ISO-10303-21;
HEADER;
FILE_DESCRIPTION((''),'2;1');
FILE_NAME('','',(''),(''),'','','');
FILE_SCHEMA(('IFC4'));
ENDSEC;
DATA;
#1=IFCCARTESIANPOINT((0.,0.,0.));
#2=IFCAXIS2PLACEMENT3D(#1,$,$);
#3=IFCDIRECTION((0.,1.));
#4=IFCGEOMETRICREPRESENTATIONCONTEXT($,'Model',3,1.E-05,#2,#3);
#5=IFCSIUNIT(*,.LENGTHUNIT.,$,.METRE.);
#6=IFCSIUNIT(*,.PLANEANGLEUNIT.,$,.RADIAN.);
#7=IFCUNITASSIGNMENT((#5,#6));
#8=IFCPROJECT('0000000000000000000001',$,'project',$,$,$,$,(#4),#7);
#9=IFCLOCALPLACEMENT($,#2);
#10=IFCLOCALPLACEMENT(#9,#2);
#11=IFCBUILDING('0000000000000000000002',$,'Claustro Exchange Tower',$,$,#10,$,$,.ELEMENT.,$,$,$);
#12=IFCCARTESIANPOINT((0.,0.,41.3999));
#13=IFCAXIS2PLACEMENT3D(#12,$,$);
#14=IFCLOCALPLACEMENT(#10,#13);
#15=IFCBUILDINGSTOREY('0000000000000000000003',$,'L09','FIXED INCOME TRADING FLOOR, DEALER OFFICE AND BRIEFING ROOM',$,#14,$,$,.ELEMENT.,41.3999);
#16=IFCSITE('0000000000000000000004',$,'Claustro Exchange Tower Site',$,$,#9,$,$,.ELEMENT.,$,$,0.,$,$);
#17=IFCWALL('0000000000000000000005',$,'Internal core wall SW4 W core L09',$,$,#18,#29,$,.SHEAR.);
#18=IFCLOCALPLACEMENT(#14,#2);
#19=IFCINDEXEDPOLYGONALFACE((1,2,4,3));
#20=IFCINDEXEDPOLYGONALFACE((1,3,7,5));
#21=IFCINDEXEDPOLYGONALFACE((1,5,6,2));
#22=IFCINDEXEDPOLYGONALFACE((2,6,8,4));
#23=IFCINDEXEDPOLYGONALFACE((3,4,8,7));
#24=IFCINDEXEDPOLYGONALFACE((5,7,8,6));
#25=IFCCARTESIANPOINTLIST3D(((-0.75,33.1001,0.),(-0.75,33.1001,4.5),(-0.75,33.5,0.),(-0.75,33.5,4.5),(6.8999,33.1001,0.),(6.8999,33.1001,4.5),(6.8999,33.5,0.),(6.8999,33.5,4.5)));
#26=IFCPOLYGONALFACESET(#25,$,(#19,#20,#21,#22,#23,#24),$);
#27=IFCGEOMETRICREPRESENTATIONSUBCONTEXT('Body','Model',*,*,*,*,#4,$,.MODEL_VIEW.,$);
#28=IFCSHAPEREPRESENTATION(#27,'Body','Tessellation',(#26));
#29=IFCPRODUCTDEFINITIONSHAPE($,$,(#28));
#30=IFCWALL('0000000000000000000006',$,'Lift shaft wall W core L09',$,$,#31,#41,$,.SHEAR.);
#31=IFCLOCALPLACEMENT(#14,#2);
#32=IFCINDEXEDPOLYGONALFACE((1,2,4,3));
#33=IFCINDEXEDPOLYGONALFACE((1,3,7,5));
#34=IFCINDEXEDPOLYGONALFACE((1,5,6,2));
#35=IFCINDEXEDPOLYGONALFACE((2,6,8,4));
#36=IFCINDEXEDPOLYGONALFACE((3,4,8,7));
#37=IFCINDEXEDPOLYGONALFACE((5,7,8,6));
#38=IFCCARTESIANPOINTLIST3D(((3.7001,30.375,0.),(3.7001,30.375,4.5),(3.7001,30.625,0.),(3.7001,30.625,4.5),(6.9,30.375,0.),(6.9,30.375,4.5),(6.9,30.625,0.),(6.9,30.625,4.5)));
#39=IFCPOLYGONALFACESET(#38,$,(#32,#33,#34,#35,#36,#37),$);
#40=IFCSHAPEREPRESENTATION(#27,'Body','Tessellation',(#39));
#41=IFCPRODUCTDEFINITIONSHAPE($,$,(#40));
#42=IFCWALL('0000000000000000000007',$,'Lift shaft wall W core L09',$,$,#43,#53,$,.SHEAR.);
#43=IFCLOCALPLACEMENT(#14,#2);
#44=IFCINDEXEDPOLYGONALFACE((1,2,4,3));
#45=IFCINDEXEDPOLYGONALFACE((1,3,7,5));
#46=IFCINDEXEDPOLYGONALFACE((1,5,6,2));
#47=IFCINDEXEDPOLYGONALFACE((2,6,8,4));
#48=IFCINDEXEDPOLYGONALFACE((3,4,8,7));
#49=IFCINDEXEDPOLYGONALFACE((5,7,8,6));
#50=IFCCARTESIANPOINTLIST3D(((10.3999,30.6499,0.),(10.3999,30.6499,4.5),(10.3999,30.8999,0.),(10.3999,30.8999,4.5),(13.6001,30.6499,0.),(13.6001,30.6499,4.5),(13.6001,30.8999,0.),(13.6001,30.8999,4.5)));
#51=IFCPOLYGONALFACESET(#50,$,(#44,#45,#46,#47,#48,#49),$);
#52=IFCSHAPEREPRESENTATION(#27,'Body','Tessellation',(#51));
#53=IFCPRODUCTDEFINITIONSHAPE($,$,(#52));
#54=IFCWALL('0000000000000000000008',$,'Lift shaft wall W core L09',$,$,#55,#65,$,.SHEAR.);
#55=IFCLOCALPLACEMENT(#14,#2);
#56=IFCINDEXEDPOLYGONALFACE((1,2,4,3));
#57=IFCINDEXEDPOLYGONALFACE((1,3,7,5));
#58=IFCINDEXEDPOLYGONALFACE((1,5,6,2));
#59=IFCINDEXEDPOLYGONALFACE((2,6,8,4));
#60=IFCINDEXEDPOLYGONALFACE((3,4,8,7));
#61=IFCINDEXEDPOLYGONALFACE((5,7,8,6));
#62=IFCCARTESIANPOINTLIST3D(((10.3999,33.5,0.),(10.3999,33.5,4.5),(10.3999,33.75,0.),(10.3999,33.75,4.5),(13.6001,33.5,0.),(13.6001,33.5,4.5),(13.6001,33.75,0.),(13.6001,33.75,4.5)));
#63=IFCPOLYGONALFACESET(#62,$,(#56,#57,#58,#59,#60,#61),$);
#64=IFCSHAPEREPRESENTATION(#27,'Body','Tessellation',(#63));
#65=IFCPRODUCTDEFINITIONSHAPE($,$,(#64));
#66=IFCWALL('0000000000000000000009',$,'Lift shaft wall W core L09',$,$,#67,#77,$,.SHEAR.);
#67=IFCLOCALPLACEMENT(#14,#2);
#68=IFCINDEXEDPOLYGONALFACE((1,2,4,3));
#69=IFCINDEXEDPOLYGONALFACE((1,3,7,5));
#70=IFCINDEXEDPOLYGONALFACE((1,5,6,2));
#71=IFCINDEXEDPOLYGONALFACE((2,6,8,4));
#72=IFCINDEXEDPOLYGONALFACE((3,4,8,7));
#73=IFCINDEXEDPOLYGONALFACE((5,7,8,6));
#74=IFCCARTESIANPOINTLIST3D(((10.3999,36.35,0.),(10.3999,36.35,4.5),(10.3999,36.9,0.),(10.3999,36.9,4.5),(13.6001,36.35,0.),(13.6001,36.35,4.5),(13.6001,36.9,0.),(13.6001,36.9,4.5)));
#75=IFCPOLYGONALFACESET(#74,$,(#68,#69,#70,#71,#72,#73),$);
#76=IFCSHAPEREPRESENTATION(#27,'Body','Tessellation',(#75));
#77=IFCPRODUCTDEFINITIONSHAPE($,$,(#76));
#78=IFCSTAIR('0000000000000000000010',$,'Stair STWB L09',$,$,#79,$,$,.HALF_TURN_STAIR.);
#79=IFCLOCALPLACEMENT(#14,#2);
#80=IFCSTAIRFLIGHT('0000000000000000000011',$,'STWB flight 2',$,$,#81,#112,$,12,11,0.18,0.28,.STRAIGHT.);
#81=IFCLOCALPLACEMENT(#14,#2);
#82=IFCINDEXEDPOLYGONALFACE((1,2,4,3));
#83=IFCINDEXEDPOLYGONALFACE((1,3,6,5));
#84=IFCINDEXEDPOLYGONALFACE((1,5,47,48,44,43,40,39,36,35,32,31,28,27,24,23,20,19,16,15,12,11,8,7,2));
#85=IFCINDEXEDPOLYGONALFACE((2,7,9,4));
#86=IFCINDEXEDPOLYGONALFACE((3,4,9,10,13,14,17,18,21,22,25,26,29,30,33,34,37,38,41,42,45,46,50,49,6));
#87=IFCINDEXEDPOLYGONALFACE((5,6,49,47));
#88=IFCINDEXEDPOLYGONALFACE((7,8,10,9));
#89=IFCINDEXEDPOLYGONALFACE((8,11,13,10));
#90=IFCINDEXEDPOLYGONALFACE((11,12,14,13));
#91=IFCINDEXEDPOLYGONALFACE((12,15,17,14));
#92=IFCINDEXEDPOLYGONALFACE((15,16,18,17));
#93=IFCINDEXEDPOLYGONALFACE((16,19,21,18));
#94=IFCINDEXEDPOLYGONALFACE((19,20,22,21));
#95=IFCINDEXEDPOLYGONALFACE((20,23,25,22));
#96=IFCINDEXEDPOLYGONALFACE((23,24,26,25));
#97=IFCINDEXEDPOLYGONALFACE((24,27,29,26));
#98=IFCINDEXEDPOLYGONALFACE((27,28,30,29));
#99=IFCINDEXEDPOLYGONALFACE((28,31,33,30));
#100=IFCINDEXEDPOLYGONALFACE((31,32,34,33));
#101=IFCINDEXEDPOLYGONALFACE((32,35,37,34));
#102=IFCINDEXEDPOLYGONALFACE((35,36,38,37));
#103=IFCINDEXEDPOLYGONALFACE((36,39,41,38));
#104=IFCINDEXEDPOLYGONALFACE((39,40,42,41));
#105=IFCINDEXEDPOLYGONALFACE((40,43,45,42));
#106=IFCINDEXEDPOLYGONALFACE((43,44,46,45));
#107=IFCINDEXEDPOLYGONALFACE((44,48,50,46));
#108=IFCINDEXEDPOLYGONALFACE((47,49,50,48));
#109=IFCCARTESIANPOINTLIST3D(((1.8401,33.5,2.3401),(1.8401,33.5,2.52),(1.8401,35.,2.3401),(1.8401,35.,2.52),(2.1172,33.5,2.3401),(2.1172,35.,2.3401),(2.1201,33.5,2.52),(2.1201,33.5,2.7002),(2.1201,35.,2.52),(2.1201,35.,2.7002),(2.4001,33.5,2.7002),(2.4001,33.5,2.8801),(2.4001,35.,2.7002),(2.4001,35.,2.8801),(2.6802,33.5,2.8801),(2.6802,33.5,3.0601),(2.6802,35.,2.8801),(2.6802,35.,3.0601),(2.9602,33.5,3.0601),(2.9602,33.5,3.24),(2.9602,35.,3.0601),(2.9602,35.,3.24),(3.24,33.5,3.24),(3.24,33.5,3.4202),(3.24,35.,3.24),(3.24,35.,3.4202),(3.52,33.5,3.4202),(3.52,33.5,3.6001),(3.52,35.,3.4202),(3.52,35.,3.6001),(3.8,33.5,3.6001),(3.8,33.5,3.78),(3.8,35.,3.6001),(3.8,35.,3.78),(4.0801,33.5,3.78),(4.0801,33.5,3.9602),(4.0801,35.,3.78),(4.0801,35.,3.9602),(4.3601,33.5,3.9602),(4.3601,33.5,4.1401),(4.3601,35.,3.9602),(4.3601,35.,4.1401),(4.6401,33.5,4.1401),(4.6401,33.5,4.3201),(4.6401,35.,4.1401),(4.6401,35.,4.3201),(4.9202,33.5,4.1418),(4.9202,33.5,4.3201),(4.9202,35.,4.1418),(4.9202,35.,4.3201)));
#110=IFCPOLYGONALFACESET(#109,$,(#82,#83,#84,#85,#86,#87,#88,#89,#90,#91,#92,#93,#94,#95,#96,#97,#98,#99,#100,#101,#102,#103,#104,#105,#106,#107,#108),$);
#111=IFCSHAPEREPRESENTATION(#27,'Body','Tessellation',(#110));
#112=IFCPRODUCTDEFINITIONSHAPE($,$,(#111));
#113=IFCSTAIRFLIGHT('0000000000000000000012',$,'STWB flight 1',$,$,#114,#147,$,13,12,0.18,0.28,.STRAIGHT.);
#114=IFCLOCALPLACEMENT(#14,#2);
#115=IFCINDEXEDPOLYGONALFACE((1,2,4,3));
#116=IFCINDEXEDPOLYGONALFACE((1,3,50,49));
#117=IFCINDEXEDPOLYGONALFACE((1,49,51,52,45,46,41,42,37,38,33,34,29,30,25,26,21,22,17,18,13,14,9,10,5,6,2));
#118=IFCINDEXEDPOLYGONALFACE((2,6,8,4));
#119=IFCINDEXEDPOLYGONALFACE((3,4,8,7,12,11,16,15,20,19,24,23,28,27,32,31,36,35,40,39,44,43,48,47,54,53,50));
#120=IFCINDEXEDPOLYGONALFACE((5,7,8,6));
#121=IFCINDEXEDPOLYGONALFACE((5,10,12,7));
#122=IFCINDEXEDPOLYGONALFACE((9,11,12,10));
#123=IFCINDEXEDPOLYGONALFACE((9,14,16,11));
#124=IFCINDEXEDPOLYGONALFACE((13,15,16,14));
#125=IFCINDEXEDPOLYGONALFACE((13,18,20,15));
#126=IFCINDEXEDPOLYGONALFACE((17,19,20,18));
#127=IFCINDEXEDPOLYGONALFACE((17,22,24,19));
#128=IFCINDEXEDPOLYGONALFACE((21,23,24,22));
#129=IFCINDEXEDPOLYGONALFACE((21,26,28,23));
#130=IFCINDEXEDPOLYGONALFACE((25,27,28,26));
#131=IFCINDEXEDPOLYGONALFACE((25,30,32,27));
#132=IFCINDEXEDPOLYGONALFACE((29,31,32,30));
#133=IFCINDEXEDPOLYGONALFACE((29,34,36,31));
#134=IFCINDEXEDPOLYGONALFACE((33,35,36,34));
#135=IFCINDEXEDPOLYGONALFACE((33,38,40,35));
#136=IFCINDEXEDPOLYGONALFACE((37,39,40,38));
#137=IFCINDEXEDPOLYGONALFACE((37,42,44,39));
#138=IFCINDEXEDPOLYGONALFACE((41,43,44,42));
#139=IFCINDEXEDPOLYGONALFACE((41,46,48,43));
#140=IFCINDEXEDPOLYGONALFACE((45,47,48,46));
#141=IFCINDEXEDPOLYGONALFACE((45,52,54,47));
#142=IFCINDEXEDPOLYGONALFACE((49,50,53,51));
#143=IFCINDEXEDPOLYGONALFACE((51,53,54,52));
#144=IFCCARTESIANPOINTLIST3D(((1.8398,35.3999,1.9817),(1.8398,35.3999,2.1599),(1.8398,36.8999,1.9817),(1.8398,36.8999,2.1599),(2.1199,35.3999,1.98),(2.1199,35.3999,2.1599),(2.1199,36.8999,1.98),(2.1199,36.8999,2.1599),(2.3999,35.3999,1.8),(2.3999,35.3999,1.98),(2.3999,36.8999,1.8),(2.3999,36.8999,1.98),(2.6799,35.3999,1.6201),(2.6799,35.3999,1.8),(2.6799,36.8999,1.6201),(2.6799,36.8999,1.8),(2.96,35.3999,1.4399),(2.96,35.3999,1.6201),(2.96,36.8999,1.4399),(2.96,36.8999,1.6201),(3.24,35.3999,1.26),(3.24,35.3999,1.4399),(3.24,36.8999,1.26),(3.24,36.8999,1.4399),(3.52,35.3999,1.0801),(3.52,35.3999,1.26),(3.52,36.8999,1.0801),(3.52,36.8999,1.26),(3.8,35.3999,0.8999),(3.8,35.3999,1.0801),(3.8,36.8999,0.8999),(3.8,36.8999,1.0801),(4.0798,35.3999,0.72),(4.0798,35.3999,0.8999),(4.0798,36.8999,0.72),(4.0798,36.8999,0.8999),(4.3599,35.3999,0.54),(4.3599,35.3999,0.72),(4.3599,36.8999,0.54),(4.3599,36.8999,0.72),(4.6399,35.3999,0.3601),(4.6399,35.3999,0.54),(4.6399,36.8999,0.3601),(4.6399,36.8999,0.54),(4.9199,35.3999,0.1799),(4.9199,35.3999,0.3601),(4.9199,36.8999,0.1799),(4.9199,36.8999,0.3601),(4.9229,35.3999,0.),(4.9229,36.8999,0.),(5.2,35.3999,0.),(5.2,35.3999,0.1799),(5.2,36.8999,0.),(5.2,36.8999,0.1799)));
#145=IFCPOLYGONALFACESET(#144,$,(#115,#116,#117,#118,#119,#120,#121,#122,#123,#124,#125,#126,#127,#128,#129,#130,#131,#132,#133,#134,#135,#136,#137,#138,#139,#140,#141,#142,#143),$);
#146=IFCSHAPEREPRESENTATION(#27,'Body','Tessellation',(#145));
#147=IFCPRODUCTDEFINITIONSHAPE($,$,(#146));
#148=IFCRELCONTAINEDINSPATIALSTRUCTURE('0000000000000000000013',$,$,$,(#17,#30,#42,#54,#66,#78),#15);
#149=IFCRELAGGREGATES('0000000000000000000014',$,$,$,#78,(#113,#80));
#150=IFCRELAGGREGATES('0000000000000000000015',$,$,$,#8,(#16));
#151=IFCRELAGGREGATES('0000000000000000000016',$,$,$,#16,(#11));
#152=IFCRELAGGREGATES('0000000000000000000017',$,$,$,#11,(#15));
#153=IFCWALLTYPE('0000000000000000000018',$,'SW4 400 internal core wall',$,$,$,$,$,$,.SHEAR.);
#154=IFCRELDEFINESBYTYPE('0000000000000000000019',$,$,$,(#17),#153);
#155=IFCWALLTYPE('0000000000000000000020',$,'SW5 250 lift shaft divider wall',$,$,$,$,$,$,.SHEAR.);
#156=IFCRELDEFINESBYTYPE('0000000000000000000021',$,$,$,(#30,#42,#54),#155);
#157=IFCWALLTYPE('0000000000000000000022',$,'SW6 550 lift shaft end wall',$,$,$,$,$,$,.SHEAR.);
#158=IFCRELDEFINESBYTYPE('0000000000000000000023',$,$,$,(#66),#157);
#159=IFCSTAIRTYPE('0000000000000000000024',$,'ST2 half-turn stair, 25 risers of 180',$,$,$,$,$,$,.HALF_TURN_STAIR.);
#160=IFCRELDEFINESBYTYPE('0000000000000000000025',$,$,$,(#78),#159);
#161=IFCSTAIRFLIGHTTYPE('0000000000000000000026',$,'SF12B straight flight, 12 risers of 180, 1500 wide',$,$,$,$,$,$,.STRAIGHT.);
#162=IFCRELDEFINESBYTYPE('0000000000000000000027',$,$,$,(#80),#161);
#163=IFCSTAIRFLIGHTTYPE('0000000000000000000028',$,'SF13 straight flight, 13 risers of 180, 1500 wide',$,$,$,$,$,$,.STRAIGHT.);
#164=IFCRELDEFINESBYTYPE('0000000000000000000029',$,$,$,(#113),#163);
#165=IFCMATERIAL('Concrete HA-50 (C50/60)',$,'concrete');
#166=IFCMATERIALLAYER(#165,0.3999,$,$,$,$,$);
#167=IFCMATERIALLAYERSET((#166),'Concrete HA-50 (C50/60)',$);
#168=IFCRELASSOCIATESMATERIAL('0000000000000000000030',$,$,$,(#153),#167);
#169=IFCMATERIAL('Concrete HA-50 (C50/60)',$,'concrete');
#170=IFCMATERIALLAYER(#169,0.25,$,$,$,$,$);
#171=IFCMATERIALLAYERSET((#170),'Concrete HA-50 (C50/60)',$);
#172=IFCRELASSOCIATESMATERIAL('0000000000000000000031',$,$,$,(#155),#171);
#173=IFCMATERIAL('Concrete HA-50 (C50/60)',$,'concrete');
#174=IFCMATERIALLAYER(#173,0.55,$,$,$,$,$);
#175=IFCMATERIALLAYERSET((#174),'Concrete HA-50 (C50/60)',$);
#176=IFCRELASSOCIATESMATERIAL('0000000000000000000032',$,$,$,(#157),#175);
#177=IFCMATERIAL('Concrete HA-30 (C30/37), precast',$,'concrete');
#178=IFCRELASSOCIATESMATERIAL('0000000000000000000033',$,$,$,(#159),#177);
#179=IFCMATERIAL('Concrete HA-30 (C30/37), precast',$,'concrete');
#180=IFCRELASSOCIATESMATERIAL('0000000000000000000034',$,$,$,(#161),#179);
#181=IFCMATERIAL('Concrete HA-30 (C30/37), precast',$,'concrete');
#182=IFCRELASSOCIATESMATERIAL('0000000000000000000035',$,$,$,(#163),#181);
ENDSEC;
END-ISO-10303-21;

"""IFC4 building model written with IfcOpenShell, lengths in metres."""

from ifc_helpers import new_model, si_unit, direction, frame, frame_2d, origin, place, context, subcontext, project, spatial, polyline, rectangle, outline, extrude, material, layer, layer_set, type_object, element, aggregate, save


model = new_model("IFC4")

# Units and contexts
model_context = context("Model", 3, precision=1e-05, world=origin(), true_north=direction((0.0, 1.0)))
body_context = subcontext(model_context, "Body", "Model", "MODEL_VIEW")
ifc_project = project(units=[si_unit("LENGTHUNIT", "METRE"), si_unit("PLANEANGLEUNIT", "RADIAN")], contexts=[model_context])

# Site, building, storey
site_placement = place(None, origin())
site = spatial("IfcSite", under=ifc_project, at=site_placement, Name="Claustro Exchange Tower Site", CompositionType="ELEMENT", RefElevation=0.0)
building_placement = place(site_placement, origin())
building = spatial("IfcBuilding", under=site, at=building_placement, Name="Claustro Exchange Tower", CompositionType="ELEMENT")
storey_placement = place(building_placement, frame((0.0, 0.0, 41.3999)))
storey = spatial("IfcBuildingStorey", under=building, at=storey_placement, Name="L09", Description="FIXED INCOME TRADING FLOOR, DEALER OFFICE AND BRIEFING ROOM", CompositionType="ELEMENT", Elevation=41.3999)

# Walls
ifc_material_1 = material(Name="Concrete HA-50 (C50/60)", Category="concrete")
ifc_layer_1 = layer(ifc_material_1, 0.3999)
ifc_layer_set_1 = layer_set([ifc_layer_1], Name="Concrete HA-50 (C50/60)")
wall_type_1 = type_object("IfcWallType", Name="SW4 400 internal core wall", PredefinedType="SHEAR", material=ifc_layer_set_1)
wall_1_placement = place(storey_placement, frame((-0.75, 33.3, 0.0), z_axis=(0.0, 0.0, 1.0), x_axis=(1.0, 0.0, 0.0)))
element("IfcWall", 1, at=wall_1_placement, inside=storey, type_object=wall_type_1, Name="Internal core wall SW4 W core L09", PredefinedType="SHEAR", context=body_context, shape_type="SweptSolid", body=[
    extrude(rectangle(XDim=7.6499, YDim=0.3999, at=frame_2d((3.825, 0.0))), origin(), (0.0, 0.0, 1.0), 4.5),
])
ifc_material_2 = material(Name="Concrete HA-50 (C50/60)", Category="concrete")
ifc_layer_2 = layer(ifc_material_2, 0.25)
ifc_layer_set_2 = layer_set([ifc_layer_2], Name="Concrete HA-50 (C50/60)")
wall_type_2 = type_object("IfcWallType", Name="SW5 250 lift shaft divider wall", PredefinedType="SHEAR", material=ifc_layer_set_2)
wall_2_placement = place(storey_placement, frame((3.7, 30.5, 0.0), z_axis=(0.0, 0.0, 1.0), x_axis=(1.0, 0.0, 0.0)))
element("IfcWall", 2, at=wall_2_placement, inside=storey, type_object=wall_type_2, Name="Lift shaft wall W core L09", PredefinedType="SHEAR", context=body_context, shape_type="SweptSolid", body=[
    extrude(rectangle(XDim=3.2, YDim=0.25, at=frame_2d((1.6001, 0.0))), origin(), (0.0, 0.0, 1.0), 4.5),
])
for number, where, z_axis, x_axis, name in (
    (3, (10.3999, 30.7749, 0.0), (0.0, 0.0, 1.0), (1.0, 0.0, 0.0), "Lift shaft wall W core L09"),
    (4, (10.3999, 33.625, 0.0), (0.0, 0.0, 1.0), (1.0, 0.0, 0.0), "Lift shaft wall W core L09"),
):
    element("IfcWall", number, at=place(storey_placement, frame(where, z_axis=z_axis, x_axis=x_axis)), inside=storey, type_object=wall_type_2, Name=name, PredefinedType="SHEAR", context=body_context, shape_type="SweptSolid", body=[
        extrude(rectangle(XDim=3.2002, YDim=0.25, at=frame_2d((1.6001, 0.0))), origin(), (0.0, 0.0, 1.0), 4.5),
    ])
ifc_material_3 = material(Name="Concrete HA-50 (C50/60)", Category="concrete")
ifc_layer_3 = layer(ifc_material_3, 0.55)
ifc_layer_set_3 = layer_set([ifc_layer_3], Name="Concrete HA-50 (C50/60)")
wall_type_3 = type_object("IfcWallType", Name="SW6 550 lift shaft end wall", PredefinedType="SHEAR", material=ifc_layer_set_3)
wall_3_placement = place(storey_placement, frame((10.3999, 36.625, 0.0), z_axis=(0.0, 0.0, 1.0), x_axis=(1.0, 0.0, 0.0)))
element("IfcWall", 5, at=wall_3_placement, inside=storey, type_object=wall_type_3, Name="Lift shaft wall W core L09", PredefinedType="SHEAR", context=body_context, shape_type="SweptSolid", body=[
    extrude(rectangle(XDim=3.2002, YDim=0.55, at=frame_2d((1.6001, 0.0))), origin(), (0.0, 0.0, 1.0), 4.5),
])

# Stair, stair flights
ifc_material_4 = material(Name="Concrete HA-30 (C30/37), precast", Category="concrete")
stair_type = type_object("IfcStairType", Name="ST2 half-turn stair, 25 risers of 180", PredefinedType="HALF_TURN_STAIR", material=ifc_material_4)
stair_placement = place(storey_placement, origin())
stair = element("IfcStair", 6, at=stair_placement, inside=storey, type_object=stair_type, Name="Stair STWB L09", PredefinedType="HALF_TURN_STAIR")
ifc_material_5 = material(Name="Concrete HA-30 (C30/37), precast", Category="concrete")
stair_flight_type_1 = type_object("IfcStairFlightType", Name="SF12B straight flight, 12 risers of 180, 1500 wide", PredefinedType="STRAIGHT", material=ifc_material_5)
stair_flight_1_placement = place(storey_placement, frame((1.8401, 34.25, 2.3401), z_axis=(0.0, 0.0, 1.0), x_axis=(1.0, 0.0, 0.0)))
stair_flight_1 = element("IfcStairFlight", 7, at=stair_flight_1_placement, type_object=stair_flight_type_1, Name="STWB flight 2", NumberOfRisers=12, NumberOfTreads=11, PredefinedType="STRAIGHT", RiserHeight=0.18, TreadLength=0.28, context=body_context, shape_type="SweptSolid", body=[
    extrude(outline(polyline([(0.0, 0.0), (0.0, 0.1799), (0.28, 0.1799), (0.28, 0.3601), (0.5601, 0.3601), (0.5601, 0.54), (0.8401, 0.54), (0.8401, 0.72), (1.1201, 0.72), (1.1201, 0.8999), (1.3999, 0.8999), (1.3999, 1.0801), (1.6799, 1.0801), (1.6799, 1.26), (1.96, 1.26), (1.96, 1.4399), (2.24, 1.4399), (2.24, 1.6201), (2.52, 1.6201), (2.52, 1.8), (2.8, 1.8), (2.8, 1.98), (3.0801, 1.98), (3.0801, 2.1599), (3.0801, 1.8018), (0.2771, 0.0), (0.0, 0.0)])), frame((0.0, 0.75, 0.0), z_axis=(0.0, -1.0, 0.0), x_axis=(1.0, 0.0, 0.0)), (0.0, 0.0, 1.0), 1.5),
])
ifc_material_6 = material(Name="Concrete HA-30 (C30/37), precast", Category="concrete")
stair_flight_type_2 = type_object("IfcStairFlightType", Name="SF13 straight flight, 13 risers of 180, 1500 wide", PredefinedType="STRAIGHT", material=ifc_material_6)
stair_flight_2_placement = place(storey_placement, frame((5.2, 36.1499, 0.0), z_axis=(0.0, 0.0, 1.0), x_axis=(-1.0, 0.0, 0.0)))
stair_flight_2 = element("IfcStairFlight", 8, at=stair_flight_2_placement, type_object=stair_flight_type_2, Name="STWB flight 1", NumberOfRisers=13, NumberOfTreads=12, PredefinedType="STRAIGHT", RiserHeight=0.18, TreadLength=0.28, context=body_context, shape_type="SweptSolid", body=[
    extrude(outline(polyline([(0.0, 0.0), (0.0, 0.1799), (0.28, 0.1799), (0.28, 0.3601), (0.5601, 0.3601), (0.5601, 0.54), (0.8401, 0.54), (0.8401, 0.72), (1.1201, 0.72), (1.1201, 0.8999), (1.3999, 0.8999), (1.3999, 1.0801), (1.6799, 1.0801), (1.6799, 1.26), (1.96, 1.26), (1.96, 1.4399), (2.24, 1.4399), (2.24, 1.6201), (2.52, 1.6201), (2.52, 1.8), (2.8, 1.8), (2.8, 1.98), (3.0801, 1.98), (3.0801, 2.1599), (3.3601, 2.1599), (3.3601, 2.3401), (3.3601, 1.9817), (0.2771, 0.0), (0.0, 0.0)])), frame((0.0, 0.75, 0.0), z_axis=(0.0, -1.0, 0.0), x_axis=(1.0, 0.0, 0.0)), (0.0, 0.0, 1.0), 1.5),
])
aggregate(stair, [stair_flight_2, stair_flight_1])

save(model, "model.ifc")
